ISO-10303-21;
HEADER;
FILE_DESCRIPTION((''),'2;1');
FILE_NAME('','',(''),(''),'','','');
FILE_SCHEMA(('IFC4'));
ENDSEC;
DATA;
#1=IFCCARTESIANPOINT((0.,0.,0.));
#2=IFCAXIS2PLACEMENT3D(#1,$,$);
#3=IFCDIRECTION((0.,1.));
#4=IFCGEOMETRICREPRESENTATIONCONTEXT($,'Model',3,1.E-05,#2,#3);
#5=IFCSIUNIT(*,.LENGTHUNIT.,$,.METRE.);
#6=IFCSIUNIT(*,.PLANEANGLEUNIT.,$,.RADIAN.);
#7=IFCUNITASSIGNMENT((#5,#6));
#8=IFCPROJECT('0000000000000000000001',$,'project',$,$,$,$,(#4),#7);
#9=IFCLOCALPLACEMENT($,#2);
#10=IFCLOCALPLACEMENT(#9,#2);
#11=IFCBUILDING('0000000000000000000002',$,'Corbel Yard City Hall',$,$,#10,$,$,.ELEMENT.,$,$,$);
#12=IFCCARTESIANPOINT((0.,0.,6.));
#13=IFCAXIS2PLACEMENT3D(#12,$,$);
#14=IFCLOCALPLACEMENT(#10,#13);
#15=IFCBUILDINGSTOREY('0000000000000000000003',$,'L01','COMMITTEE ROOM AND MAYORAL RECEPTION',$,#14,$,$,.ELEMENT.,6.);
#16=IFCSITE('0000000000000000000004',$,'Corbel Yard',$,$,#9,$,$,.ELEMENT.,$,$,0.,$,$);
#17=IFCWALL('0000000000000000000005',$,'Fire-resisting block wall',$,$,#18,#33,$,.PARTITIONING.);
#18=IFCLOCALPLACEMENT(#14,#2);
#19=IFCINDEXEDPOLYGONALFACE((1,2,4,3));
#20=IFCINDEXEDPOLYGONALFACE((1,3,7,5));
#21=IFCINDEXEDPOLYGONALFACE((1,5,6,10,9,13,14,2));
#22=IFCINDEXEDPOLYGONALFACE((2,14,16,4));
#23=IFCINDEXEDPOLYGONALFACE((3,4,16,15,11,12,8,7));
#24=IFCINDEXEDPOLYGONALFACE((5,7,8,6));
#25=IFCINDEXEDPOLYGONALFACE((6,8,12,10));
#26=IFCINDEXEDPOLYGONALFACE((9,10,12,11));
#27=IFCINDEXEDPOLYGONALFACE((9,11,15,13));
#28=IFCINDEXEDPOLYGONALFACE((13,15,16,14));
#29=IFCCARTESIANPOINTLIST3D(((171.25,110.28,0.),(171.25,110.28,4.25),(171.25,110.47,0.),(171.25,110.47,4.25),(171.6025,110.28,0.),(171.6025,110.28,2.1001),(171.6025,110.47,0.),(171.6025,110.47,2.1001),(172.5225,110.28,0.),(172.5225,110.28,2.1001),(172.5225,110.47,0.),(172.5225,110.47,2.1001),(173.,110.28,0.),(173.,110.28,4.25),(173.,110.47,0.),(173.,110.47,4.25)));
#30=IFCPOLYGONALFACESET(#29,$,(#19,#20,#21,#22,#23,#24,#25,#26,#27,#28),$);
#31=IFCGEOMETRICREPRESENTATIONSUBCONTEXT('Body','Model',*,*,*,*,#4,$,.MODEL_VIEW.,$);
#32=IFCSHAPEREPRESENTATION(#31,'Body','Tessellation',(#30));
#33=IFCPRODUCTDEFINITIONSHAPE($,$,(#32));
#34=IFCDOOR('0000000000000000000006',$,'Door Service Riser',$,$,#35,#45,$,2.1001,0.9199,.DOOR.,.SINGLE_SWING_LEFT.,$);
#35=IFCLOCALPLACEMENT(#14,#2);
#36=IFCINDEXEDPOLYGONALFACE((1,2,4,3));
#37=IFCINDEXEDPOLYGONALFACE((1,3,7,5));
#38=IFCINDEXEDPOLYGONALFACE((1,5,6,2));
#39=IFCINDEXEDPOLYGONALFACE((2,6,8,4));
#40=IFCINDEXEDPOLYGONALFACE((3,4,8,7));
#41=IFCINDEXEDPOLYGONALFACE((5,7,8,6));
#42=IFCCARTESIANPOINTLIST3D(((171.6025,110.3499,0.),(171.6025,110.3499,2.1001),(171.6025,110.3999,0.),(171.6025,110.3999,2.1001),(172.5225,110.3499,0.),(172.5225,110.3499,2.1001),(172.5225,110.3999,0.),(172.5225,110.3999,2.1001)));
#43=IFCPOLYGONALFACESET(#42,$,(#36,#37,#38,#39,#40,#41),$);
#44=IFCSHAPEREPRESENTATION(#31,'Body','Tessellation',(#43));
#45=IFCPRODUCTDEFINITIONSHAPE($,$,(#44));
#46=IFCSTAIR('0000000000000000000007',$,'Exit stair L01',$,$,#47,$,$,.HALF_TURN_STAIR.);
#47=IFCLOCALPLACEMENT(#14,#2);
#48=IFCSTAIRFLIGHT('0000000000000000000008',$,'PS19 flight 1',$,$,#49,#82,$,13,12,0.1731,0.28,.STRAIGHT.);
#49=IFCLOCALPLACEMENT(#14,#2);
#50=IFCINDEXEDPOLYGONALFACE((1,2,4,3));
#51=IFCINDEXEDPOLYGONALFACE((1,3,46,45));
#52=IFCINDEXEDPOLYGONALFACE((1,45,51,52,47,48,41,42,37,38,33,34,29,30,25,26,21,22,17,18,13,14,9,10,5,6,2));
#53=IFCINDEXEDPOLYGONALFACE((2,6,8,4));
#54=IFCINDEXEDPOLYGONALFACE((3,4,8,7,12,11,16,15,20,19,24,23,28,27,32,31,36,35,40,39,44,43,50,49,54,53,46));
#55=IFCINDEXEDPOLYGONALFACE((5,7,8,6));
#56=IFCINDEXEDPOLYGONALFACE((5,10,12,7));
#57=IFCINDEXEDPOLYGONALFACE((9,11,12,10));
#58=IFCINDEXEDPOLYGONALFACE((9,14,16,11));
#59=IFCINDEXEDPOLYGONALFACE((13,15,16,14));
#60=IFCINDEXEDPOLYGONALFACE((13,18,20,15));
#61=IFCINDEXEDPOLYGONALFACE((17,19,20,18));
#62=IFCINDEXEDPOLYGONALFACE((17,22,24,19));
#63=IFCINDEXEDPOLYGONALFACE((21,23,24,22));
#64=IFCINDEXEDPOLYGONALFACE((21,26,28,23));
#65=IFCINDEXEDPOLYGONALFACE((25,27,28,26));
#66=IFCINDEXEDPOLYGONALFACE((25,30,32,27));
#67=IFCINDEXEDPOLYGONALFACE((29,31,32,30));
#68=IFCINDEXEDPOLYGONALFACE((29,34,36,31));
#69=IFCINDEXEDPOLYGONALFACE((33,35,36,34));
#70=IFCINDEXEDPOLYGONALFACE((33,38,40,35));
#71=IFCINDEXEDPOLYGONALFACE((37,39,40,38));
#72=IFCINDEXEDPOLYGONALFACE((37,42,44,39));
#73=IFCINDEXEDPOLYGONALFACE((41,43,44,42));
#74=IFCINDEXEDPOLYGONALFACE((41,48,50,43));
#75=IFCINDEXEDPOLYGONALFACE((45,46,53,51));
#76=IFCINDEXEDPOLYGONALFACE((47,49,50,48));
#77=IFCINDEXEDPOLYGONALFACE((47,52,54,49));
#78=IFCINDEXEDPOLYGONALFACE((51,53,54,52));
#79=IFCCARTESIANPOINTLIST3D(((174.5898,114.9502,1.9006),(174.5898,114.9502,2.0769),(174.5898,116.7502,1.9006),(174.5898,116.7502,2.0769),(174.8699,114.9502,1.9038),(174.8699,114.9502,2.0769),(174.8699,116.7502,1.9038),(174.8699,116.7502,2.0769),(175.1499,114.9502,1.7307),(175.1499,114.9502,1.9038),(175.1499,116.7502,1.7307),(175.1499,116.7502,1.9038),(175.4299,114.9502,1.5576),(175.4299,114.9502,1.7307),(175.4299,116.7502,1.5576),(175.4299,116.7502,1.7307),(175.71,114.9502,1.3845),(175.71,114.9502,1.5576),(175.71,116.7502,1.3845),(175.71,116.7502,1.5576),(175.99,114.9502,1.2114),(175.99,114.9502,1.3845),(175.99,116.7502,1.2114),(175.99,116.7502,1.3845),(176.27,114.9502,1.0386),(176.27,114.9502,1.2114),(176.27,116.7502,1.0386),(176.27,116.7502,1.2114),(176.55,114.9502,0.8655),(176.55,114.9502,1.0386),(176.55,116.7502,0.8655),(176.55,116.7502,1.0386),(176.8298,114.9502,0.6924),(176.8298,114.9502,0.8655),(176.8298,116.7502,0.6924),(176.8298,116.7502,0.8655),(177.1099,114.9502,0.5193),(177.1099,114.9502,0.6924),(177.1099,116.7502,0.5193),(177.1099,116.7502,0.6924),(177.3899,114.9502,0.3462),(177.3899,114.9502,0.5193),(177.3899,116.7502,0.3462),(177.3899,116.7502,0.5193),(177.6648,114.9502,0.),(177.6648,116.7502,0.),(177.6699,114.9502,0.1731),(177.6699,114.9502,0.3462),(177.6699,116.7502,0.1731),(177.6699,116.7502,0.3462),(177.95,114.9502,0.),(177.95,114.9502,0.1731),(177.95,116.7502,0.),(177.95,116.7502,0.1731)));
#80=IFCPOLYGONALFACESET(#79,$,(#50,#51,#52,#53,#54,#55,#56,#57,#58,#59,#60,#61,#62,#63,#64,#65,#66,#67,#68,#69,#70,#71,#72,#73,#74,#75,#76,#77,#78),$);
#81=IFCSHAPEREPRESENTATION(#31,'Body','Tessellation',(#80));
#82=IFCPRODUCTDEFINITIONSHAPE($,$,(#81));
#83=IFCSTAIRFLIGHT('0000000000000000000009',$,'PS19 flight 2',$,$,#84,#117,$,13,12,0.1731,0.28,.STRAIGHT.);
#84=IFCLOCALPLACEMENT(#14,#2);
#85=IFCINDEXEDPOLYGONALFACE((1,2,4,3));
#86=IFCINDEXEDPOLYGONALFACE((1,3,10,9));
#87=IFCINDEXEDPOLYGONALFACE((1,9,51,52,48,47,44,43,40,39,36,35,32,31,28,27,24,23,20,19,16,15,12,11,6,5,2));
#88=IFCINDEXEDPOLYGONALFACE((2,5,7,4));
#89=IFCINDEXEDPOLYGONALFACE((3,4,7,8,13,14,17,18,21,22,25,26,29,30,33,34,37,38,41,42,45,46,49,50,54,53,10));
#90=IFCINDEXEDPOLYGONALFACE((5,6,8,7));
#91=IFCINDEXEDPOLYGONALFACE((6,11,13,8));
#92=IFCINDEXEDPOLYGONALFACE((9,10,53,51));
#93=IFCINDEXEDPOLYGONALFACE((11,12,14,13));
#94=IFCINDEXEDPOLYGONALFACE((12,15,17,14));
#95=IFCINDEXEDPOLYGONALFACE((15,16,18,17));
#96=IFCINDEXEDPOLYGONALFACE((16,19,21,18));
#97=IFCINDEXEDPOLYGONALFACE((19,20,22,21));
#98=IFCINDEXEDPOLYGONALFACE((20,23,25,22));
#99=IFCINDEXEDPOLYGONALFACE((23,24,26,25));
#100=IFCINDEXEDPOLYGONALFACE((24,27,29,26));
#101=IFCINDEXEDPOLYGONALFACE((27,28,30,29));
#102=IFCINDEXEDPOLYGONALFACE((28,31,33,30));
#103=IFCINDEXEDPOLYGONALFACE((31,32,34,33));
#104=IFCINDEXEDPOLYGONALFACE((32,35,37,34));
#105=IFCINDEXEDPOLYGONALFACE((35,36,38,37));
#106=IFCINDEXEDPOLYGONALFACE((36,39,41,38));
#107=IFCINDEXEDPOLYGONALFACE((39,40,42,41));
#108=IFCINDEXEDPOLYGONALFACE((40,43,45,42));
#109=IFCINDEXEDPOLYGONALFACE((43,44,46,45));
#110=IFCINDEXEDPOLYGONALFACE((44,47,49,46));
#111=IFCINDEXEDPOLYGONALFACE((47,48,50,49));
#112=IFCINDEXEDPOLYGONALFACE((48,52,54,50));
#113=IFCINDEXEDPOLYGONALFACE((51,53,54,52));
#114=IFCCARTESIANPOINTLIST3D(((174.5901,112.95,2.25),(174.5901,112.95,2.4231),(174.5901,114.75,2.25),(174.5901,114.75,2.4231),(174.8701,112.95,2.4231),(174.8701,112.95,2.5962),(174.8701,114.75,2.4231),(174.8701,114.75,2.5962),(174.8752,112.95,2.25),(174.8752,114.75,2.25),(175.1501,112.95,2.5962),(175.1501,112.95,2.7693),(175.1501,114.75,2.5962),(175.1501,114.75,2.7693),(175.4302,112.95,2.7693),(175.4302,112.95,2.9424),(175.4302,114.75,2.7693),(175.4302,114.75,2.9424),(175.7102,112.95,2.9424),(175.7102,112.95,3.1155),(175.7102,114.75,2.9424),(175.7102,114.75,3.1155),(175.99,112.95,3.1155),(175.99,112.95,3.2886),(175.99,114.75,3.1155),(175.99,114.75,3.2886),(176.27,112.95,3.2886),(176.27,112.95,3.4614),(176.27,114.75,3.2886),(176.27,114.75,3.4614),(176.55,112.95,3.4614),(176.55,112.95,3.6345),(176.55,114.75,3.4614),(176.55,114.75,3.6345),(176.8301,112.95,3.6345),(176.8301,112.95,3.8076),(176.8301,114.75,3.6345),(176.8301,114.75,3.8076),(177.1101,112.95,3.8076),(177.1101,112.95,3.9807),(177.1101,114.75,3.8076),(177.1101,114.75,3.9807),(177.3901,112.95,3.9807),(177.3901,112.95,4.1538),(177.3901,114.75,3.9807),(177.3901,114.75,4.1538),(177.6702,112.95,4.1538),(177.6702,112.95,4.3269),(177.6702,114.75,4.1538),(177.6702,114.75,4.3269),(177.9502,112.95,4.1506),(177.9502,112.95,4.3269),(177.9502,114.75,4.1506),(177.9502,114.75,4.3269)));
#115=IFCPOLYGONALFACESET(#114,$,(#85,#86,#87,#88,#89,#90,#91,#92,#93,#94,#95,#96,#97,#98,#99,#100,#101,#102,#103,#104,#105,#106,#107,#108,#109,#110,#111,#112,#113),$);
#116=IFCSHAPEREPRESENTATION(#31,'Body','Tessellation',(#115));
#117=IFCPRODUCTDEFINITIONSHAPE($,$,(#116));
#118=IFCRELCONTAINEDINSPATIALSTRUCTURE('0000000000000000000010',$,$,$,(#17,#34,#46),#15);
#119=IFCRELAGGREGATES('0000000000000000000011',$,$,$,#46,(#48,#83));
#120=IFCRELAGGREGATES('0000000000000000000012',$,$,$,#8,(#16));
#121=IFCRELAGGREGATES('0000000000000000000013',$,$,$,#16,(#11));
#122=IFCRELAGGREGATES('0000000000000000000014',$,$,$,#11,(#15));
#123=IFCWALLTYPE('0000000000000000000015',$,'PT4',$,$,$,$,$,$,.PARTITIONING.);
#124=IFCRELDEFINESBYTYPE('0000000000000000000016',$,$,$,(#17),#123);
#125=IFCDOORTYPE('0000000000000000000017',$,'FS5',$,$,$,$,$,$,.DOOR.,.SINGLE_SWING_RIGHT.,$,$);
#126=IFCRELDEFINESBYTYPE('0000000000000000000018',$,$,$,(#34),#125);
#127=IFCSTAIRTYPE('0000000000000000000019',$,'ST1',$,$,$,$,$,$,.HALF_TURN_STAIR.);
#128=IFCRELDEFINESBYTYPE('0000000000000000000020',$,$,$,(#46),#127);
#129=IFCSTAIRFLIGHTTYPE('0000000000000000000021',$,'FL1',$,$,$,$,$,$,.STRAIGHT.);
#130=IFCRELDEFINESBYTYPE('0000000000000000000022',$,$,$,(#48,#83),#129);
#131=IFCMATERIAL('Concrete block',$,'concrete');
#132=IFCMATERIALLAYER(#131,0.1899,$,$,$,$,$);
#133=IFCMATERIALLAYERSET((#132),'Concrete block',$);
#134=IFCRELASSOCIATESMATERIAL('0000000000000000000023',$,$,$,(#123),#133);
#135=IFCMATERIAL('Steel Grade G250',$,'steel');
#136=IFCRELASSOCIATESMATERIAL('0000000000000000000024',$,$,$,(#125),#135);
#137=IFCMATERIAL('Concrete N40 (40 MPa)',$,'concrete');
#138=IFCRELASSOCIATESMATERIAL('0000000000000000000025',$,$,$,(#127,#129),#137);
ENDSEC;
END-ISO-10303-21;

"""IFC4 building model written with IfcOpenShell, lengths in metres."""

from ifc_helpers import new_model, si_unit, direction, frame, frame_2d, origin, place, context, subcontext, project, spatial, polyline, rectangle, outline, extrude, material, layer, layer_set, type_object, element, fill, aggregate, save


model = new_model("IFC4")

# Units and contexts
model_context = context("Model", 3, precision=1e-05, world=origin(), true_north=direction((0.0, 1.0)))
body_context = subcontext(model_context, "Body", "Model", "MODEL_VIEW")
ifc_project = project(units=[si_unit("LENGTHUNIT", "METRE"), si_unit("PLANEANGLEUNIT", "RADIAN")], contexts=[model_context])

# Site, building, storey
site_placement = place(None, origin())
site = spatial("IfcSite", under=ifc_project, at=site_placement, Name="Corbel Yard", CompositionType="ELEMENT", RefElevation=0.0)
building_placement = place(site_placement, origin())
building = spatial("IfcBuilding", under=site, at=building_placement, Name="Corbel Yard City Hall", CompositionType="ELEMENT")
storey_placement = place(building_placement, frame((0.0, 0.0, 6.0)))
storey = spatial("IfcBuildingStorey", under=building, at=storey_placement, Name="L01", Description="COMMITTEE ROOM AND MAYORAL RECEPTION", CompositionType="ELEMENT", Elevation=6.0)

# Shared definitions
ifc_material_1 = material(Name="Steel Grade G250", Category="steel")

# Shared definitions
ifc_material_2 = material(Name="Concrete N40 (40 MPa)", Category="concrete")

# Wall, opening, door
ifc_material_3 = material(Name="Concrete block", Category="concrete")
ifc_layer_1 = layer(ifc_material_3, 0.1899)
ifc_layer_set_1 = layer_set([ifc_layer_1], Name="Concrete block")
wall_type_1 = type_object("IfcWallType", Name="PT4", PredefinedType="PARTITIONING", material=ifc_layer_set_1)
wall_1_placement = place(storey_placement, frame((171.25, 110.375, 0.0), z_axis=(0.0, 0.0, 1.0), x_axis=(1.0, 0.0, 0.0)))
wall_1 = element("IfcWall", 1, at=wall_1_placement, inside=storey, type_object=wall_type_1, Name="Fire-resisting block wall", PredefinedType="PARTITIONING", context=body_context, shape_type="SweptSolid", body=[
    extrude(rectangle(XDim=1.75, YDim=0.1899, at=frame_2d((0.875, 0.0))), origin(), (0.0, 0.0, 1.0), 4.25),
])
opening_1_placement = place(wall_1_placement, frame((0.3525, 0.0, 0.0)))
opening_1 = element("IfcOpeningElement", 2, at=opening_1_placement, cuts=wall_1, PredefinedType="OPENING", context=body_context, shape_type="SweptSolid", body=[
    extrude(rectangle(XDim=0.9199, YDim=2.1001, at=frame_2d((0.46, 1.05))), frame((0.0, 0.105, 0.0), z_axis=(0.0, -1.0, 0.0), x_axis=(1.0, 0.0, 0.0)), (0.0, 0.0, 1.0), 0.21),
])
door_type_1 = type_object("IfcDoorType", Name="FS5", OperationType="SINGLE_SWING_RIGHT", PredefinedType="DOOR", material=ifc_material_1)
door_1_placement = place(opening_1_placement, origin())
door_1 = element("IfcDoor", 3, at=door_1_placement, inside=storey, type_object=door_type_1, Name="Door Service Riser", OperationType="SINGLE_SWING_LEFT", OverallHeight=2.1001, OverallWidth=0.9199, PredefinedType="DOOR", context=body_context, shape_type="SweptSolid", body=[
    extrude(rectangle(XDim=0.9199, YDim=2.1001, at=frame_2d((0.46, 1.05))), frame((0.0, 0.0249, 0.0), z_axis=(0.0, -1.0, 0.0), x_axis=(1.0, 0.0, 0.0)), (0.0, 0.0, 1.0), 0.05),
])
fill(opening_1, door_1)

# Stair, stair flights
stair_type = type_object("IfcStairType", Name="ST1", PredefinedType="HALF_TURN_STAIR", material=ifc_material_2)
stair_placement = place(storey_placement, origin())
stair = element("IfcStair", 4, at=stair_placement, inside=storey, type_object=stair_type, Name="Exit stair L01", PredefinedType="HALF_TURN_STAIR")
stair_flight_type = type_object("IfcStairFlightType", Name="FL1", PredefinedType="STRAIGHT", material=ifc_material_2)
stair_flight_1_placement = place(storey_placement, frame((177.95, 115.8501, 0.0), z_axis=(0.0, 0.0, 1.0), x_axis=(-1.0, 0.0, 0.0)))
stair_flight_1 = element("IfcStairFlight", 5, at=stair_flight_1_placement, type_object=stair_flight_type, Name="PS19 flight 1", NumberOfRisers=13, NumberOfTreads=12, PredefinedType="STRAIGHT", RiserHeight=0.1731, TreadLength=0.28, context=body_context, shape_type="SweptSolid", body=[
    extrude(outline(polyline([(0.0, 0.0), (0.0, 0.1731), (0.28, 0.1731), (0.28, 0.3462), (0.5601, 0.3462), (0.5601, 0.5193), (0.8401, 0.5193), (0.8401, 0.6924), (1.1201, 0.6924), (1.1201, 0.8655), (1.3999, 0.8655), (1.3999, 1.0386), (1.6799, 1.0386), (1.6799, 1.2114), (1.96, 1.2114), (1.96, 1.3845), (2.24, 1.3845), (2.24, 1.5576), (2.52, 1.5576), (2.52, 1.7307), (2.8, 1.7307), (2.8, 1.9038), (3.0801, 1.9038), (3.0801, 2.0769), (3.3601, 2.0769), (3.3601, 2.25), (3.3601, 1.9006), (0.2852, 0.0), (0.0, 0.0)])), frame((0.0, 0.8999, 0.0), z_axis=(0.0, -1.0, 0.0), x_axis=(1.0, 0.0, 0.0)), (0.0, 0.0, 1.0), 1.8),
])
stair_flight_2_placement = place(storey_placement, frame((174.5901, 113.8501, 2.25), z_axis=(0.0, 0.0, 1.0), x_axis=(1.0, 0.0, 0.0)))
stair_flight_2 = element("IfcStairFlight", 6, at=stair_flight_2_placement, type_object=stair_flight_type, Name="PS19 flight 2", NumberOfRisers=13, NumberOfTreads=12, PredefinedType="STRAIGHT", RiserHeight=0.1731, TreadLength=0.28, context=body_context, shape_type="SweptSolid", body=[
    extrude(outline(polyline([(0.0, 0.0), (0.0, 0.1731), (0.28, 0.1731), (0.28, 0.3462), (0.5601, 0.3462), (0.5601, 0.5193), (0.8401, 0.5193), (0.8401, 0.6924), (1.1201, 0.6924), (1.1201, 0.8655), (1.3999, 0.8655), (1.3999, 1.0386), (1.6799, 1.0386), (1.6799, 1.2114), (1.96, 1.2114), (1.96, 1.3845), (2.24, 1.3845), (2.24, 1.5576), (2.52, 1.5576), (2.52, 1.7307), (2.8, 1.7307), (2.8, 1.9038), (3.0801, 1.9038), (3.0801, 2.0769), (3.3601, 2.0769), (3.3601, 2.25), (3.3601, 1.9006), (0.2852, 0.0), (0.0, 0.0)])), frame((0.0, 0.8999, 0.0), z_axis=(0.0, -1.0, 0.0), x_axis=(1.0, 0.0, 0.0)), (0.0, 0.0, 1.0), 1.8),
])
aggregate(stair, [stair_flight_1, stair_flight_2])

save(model, "model.ifc")
